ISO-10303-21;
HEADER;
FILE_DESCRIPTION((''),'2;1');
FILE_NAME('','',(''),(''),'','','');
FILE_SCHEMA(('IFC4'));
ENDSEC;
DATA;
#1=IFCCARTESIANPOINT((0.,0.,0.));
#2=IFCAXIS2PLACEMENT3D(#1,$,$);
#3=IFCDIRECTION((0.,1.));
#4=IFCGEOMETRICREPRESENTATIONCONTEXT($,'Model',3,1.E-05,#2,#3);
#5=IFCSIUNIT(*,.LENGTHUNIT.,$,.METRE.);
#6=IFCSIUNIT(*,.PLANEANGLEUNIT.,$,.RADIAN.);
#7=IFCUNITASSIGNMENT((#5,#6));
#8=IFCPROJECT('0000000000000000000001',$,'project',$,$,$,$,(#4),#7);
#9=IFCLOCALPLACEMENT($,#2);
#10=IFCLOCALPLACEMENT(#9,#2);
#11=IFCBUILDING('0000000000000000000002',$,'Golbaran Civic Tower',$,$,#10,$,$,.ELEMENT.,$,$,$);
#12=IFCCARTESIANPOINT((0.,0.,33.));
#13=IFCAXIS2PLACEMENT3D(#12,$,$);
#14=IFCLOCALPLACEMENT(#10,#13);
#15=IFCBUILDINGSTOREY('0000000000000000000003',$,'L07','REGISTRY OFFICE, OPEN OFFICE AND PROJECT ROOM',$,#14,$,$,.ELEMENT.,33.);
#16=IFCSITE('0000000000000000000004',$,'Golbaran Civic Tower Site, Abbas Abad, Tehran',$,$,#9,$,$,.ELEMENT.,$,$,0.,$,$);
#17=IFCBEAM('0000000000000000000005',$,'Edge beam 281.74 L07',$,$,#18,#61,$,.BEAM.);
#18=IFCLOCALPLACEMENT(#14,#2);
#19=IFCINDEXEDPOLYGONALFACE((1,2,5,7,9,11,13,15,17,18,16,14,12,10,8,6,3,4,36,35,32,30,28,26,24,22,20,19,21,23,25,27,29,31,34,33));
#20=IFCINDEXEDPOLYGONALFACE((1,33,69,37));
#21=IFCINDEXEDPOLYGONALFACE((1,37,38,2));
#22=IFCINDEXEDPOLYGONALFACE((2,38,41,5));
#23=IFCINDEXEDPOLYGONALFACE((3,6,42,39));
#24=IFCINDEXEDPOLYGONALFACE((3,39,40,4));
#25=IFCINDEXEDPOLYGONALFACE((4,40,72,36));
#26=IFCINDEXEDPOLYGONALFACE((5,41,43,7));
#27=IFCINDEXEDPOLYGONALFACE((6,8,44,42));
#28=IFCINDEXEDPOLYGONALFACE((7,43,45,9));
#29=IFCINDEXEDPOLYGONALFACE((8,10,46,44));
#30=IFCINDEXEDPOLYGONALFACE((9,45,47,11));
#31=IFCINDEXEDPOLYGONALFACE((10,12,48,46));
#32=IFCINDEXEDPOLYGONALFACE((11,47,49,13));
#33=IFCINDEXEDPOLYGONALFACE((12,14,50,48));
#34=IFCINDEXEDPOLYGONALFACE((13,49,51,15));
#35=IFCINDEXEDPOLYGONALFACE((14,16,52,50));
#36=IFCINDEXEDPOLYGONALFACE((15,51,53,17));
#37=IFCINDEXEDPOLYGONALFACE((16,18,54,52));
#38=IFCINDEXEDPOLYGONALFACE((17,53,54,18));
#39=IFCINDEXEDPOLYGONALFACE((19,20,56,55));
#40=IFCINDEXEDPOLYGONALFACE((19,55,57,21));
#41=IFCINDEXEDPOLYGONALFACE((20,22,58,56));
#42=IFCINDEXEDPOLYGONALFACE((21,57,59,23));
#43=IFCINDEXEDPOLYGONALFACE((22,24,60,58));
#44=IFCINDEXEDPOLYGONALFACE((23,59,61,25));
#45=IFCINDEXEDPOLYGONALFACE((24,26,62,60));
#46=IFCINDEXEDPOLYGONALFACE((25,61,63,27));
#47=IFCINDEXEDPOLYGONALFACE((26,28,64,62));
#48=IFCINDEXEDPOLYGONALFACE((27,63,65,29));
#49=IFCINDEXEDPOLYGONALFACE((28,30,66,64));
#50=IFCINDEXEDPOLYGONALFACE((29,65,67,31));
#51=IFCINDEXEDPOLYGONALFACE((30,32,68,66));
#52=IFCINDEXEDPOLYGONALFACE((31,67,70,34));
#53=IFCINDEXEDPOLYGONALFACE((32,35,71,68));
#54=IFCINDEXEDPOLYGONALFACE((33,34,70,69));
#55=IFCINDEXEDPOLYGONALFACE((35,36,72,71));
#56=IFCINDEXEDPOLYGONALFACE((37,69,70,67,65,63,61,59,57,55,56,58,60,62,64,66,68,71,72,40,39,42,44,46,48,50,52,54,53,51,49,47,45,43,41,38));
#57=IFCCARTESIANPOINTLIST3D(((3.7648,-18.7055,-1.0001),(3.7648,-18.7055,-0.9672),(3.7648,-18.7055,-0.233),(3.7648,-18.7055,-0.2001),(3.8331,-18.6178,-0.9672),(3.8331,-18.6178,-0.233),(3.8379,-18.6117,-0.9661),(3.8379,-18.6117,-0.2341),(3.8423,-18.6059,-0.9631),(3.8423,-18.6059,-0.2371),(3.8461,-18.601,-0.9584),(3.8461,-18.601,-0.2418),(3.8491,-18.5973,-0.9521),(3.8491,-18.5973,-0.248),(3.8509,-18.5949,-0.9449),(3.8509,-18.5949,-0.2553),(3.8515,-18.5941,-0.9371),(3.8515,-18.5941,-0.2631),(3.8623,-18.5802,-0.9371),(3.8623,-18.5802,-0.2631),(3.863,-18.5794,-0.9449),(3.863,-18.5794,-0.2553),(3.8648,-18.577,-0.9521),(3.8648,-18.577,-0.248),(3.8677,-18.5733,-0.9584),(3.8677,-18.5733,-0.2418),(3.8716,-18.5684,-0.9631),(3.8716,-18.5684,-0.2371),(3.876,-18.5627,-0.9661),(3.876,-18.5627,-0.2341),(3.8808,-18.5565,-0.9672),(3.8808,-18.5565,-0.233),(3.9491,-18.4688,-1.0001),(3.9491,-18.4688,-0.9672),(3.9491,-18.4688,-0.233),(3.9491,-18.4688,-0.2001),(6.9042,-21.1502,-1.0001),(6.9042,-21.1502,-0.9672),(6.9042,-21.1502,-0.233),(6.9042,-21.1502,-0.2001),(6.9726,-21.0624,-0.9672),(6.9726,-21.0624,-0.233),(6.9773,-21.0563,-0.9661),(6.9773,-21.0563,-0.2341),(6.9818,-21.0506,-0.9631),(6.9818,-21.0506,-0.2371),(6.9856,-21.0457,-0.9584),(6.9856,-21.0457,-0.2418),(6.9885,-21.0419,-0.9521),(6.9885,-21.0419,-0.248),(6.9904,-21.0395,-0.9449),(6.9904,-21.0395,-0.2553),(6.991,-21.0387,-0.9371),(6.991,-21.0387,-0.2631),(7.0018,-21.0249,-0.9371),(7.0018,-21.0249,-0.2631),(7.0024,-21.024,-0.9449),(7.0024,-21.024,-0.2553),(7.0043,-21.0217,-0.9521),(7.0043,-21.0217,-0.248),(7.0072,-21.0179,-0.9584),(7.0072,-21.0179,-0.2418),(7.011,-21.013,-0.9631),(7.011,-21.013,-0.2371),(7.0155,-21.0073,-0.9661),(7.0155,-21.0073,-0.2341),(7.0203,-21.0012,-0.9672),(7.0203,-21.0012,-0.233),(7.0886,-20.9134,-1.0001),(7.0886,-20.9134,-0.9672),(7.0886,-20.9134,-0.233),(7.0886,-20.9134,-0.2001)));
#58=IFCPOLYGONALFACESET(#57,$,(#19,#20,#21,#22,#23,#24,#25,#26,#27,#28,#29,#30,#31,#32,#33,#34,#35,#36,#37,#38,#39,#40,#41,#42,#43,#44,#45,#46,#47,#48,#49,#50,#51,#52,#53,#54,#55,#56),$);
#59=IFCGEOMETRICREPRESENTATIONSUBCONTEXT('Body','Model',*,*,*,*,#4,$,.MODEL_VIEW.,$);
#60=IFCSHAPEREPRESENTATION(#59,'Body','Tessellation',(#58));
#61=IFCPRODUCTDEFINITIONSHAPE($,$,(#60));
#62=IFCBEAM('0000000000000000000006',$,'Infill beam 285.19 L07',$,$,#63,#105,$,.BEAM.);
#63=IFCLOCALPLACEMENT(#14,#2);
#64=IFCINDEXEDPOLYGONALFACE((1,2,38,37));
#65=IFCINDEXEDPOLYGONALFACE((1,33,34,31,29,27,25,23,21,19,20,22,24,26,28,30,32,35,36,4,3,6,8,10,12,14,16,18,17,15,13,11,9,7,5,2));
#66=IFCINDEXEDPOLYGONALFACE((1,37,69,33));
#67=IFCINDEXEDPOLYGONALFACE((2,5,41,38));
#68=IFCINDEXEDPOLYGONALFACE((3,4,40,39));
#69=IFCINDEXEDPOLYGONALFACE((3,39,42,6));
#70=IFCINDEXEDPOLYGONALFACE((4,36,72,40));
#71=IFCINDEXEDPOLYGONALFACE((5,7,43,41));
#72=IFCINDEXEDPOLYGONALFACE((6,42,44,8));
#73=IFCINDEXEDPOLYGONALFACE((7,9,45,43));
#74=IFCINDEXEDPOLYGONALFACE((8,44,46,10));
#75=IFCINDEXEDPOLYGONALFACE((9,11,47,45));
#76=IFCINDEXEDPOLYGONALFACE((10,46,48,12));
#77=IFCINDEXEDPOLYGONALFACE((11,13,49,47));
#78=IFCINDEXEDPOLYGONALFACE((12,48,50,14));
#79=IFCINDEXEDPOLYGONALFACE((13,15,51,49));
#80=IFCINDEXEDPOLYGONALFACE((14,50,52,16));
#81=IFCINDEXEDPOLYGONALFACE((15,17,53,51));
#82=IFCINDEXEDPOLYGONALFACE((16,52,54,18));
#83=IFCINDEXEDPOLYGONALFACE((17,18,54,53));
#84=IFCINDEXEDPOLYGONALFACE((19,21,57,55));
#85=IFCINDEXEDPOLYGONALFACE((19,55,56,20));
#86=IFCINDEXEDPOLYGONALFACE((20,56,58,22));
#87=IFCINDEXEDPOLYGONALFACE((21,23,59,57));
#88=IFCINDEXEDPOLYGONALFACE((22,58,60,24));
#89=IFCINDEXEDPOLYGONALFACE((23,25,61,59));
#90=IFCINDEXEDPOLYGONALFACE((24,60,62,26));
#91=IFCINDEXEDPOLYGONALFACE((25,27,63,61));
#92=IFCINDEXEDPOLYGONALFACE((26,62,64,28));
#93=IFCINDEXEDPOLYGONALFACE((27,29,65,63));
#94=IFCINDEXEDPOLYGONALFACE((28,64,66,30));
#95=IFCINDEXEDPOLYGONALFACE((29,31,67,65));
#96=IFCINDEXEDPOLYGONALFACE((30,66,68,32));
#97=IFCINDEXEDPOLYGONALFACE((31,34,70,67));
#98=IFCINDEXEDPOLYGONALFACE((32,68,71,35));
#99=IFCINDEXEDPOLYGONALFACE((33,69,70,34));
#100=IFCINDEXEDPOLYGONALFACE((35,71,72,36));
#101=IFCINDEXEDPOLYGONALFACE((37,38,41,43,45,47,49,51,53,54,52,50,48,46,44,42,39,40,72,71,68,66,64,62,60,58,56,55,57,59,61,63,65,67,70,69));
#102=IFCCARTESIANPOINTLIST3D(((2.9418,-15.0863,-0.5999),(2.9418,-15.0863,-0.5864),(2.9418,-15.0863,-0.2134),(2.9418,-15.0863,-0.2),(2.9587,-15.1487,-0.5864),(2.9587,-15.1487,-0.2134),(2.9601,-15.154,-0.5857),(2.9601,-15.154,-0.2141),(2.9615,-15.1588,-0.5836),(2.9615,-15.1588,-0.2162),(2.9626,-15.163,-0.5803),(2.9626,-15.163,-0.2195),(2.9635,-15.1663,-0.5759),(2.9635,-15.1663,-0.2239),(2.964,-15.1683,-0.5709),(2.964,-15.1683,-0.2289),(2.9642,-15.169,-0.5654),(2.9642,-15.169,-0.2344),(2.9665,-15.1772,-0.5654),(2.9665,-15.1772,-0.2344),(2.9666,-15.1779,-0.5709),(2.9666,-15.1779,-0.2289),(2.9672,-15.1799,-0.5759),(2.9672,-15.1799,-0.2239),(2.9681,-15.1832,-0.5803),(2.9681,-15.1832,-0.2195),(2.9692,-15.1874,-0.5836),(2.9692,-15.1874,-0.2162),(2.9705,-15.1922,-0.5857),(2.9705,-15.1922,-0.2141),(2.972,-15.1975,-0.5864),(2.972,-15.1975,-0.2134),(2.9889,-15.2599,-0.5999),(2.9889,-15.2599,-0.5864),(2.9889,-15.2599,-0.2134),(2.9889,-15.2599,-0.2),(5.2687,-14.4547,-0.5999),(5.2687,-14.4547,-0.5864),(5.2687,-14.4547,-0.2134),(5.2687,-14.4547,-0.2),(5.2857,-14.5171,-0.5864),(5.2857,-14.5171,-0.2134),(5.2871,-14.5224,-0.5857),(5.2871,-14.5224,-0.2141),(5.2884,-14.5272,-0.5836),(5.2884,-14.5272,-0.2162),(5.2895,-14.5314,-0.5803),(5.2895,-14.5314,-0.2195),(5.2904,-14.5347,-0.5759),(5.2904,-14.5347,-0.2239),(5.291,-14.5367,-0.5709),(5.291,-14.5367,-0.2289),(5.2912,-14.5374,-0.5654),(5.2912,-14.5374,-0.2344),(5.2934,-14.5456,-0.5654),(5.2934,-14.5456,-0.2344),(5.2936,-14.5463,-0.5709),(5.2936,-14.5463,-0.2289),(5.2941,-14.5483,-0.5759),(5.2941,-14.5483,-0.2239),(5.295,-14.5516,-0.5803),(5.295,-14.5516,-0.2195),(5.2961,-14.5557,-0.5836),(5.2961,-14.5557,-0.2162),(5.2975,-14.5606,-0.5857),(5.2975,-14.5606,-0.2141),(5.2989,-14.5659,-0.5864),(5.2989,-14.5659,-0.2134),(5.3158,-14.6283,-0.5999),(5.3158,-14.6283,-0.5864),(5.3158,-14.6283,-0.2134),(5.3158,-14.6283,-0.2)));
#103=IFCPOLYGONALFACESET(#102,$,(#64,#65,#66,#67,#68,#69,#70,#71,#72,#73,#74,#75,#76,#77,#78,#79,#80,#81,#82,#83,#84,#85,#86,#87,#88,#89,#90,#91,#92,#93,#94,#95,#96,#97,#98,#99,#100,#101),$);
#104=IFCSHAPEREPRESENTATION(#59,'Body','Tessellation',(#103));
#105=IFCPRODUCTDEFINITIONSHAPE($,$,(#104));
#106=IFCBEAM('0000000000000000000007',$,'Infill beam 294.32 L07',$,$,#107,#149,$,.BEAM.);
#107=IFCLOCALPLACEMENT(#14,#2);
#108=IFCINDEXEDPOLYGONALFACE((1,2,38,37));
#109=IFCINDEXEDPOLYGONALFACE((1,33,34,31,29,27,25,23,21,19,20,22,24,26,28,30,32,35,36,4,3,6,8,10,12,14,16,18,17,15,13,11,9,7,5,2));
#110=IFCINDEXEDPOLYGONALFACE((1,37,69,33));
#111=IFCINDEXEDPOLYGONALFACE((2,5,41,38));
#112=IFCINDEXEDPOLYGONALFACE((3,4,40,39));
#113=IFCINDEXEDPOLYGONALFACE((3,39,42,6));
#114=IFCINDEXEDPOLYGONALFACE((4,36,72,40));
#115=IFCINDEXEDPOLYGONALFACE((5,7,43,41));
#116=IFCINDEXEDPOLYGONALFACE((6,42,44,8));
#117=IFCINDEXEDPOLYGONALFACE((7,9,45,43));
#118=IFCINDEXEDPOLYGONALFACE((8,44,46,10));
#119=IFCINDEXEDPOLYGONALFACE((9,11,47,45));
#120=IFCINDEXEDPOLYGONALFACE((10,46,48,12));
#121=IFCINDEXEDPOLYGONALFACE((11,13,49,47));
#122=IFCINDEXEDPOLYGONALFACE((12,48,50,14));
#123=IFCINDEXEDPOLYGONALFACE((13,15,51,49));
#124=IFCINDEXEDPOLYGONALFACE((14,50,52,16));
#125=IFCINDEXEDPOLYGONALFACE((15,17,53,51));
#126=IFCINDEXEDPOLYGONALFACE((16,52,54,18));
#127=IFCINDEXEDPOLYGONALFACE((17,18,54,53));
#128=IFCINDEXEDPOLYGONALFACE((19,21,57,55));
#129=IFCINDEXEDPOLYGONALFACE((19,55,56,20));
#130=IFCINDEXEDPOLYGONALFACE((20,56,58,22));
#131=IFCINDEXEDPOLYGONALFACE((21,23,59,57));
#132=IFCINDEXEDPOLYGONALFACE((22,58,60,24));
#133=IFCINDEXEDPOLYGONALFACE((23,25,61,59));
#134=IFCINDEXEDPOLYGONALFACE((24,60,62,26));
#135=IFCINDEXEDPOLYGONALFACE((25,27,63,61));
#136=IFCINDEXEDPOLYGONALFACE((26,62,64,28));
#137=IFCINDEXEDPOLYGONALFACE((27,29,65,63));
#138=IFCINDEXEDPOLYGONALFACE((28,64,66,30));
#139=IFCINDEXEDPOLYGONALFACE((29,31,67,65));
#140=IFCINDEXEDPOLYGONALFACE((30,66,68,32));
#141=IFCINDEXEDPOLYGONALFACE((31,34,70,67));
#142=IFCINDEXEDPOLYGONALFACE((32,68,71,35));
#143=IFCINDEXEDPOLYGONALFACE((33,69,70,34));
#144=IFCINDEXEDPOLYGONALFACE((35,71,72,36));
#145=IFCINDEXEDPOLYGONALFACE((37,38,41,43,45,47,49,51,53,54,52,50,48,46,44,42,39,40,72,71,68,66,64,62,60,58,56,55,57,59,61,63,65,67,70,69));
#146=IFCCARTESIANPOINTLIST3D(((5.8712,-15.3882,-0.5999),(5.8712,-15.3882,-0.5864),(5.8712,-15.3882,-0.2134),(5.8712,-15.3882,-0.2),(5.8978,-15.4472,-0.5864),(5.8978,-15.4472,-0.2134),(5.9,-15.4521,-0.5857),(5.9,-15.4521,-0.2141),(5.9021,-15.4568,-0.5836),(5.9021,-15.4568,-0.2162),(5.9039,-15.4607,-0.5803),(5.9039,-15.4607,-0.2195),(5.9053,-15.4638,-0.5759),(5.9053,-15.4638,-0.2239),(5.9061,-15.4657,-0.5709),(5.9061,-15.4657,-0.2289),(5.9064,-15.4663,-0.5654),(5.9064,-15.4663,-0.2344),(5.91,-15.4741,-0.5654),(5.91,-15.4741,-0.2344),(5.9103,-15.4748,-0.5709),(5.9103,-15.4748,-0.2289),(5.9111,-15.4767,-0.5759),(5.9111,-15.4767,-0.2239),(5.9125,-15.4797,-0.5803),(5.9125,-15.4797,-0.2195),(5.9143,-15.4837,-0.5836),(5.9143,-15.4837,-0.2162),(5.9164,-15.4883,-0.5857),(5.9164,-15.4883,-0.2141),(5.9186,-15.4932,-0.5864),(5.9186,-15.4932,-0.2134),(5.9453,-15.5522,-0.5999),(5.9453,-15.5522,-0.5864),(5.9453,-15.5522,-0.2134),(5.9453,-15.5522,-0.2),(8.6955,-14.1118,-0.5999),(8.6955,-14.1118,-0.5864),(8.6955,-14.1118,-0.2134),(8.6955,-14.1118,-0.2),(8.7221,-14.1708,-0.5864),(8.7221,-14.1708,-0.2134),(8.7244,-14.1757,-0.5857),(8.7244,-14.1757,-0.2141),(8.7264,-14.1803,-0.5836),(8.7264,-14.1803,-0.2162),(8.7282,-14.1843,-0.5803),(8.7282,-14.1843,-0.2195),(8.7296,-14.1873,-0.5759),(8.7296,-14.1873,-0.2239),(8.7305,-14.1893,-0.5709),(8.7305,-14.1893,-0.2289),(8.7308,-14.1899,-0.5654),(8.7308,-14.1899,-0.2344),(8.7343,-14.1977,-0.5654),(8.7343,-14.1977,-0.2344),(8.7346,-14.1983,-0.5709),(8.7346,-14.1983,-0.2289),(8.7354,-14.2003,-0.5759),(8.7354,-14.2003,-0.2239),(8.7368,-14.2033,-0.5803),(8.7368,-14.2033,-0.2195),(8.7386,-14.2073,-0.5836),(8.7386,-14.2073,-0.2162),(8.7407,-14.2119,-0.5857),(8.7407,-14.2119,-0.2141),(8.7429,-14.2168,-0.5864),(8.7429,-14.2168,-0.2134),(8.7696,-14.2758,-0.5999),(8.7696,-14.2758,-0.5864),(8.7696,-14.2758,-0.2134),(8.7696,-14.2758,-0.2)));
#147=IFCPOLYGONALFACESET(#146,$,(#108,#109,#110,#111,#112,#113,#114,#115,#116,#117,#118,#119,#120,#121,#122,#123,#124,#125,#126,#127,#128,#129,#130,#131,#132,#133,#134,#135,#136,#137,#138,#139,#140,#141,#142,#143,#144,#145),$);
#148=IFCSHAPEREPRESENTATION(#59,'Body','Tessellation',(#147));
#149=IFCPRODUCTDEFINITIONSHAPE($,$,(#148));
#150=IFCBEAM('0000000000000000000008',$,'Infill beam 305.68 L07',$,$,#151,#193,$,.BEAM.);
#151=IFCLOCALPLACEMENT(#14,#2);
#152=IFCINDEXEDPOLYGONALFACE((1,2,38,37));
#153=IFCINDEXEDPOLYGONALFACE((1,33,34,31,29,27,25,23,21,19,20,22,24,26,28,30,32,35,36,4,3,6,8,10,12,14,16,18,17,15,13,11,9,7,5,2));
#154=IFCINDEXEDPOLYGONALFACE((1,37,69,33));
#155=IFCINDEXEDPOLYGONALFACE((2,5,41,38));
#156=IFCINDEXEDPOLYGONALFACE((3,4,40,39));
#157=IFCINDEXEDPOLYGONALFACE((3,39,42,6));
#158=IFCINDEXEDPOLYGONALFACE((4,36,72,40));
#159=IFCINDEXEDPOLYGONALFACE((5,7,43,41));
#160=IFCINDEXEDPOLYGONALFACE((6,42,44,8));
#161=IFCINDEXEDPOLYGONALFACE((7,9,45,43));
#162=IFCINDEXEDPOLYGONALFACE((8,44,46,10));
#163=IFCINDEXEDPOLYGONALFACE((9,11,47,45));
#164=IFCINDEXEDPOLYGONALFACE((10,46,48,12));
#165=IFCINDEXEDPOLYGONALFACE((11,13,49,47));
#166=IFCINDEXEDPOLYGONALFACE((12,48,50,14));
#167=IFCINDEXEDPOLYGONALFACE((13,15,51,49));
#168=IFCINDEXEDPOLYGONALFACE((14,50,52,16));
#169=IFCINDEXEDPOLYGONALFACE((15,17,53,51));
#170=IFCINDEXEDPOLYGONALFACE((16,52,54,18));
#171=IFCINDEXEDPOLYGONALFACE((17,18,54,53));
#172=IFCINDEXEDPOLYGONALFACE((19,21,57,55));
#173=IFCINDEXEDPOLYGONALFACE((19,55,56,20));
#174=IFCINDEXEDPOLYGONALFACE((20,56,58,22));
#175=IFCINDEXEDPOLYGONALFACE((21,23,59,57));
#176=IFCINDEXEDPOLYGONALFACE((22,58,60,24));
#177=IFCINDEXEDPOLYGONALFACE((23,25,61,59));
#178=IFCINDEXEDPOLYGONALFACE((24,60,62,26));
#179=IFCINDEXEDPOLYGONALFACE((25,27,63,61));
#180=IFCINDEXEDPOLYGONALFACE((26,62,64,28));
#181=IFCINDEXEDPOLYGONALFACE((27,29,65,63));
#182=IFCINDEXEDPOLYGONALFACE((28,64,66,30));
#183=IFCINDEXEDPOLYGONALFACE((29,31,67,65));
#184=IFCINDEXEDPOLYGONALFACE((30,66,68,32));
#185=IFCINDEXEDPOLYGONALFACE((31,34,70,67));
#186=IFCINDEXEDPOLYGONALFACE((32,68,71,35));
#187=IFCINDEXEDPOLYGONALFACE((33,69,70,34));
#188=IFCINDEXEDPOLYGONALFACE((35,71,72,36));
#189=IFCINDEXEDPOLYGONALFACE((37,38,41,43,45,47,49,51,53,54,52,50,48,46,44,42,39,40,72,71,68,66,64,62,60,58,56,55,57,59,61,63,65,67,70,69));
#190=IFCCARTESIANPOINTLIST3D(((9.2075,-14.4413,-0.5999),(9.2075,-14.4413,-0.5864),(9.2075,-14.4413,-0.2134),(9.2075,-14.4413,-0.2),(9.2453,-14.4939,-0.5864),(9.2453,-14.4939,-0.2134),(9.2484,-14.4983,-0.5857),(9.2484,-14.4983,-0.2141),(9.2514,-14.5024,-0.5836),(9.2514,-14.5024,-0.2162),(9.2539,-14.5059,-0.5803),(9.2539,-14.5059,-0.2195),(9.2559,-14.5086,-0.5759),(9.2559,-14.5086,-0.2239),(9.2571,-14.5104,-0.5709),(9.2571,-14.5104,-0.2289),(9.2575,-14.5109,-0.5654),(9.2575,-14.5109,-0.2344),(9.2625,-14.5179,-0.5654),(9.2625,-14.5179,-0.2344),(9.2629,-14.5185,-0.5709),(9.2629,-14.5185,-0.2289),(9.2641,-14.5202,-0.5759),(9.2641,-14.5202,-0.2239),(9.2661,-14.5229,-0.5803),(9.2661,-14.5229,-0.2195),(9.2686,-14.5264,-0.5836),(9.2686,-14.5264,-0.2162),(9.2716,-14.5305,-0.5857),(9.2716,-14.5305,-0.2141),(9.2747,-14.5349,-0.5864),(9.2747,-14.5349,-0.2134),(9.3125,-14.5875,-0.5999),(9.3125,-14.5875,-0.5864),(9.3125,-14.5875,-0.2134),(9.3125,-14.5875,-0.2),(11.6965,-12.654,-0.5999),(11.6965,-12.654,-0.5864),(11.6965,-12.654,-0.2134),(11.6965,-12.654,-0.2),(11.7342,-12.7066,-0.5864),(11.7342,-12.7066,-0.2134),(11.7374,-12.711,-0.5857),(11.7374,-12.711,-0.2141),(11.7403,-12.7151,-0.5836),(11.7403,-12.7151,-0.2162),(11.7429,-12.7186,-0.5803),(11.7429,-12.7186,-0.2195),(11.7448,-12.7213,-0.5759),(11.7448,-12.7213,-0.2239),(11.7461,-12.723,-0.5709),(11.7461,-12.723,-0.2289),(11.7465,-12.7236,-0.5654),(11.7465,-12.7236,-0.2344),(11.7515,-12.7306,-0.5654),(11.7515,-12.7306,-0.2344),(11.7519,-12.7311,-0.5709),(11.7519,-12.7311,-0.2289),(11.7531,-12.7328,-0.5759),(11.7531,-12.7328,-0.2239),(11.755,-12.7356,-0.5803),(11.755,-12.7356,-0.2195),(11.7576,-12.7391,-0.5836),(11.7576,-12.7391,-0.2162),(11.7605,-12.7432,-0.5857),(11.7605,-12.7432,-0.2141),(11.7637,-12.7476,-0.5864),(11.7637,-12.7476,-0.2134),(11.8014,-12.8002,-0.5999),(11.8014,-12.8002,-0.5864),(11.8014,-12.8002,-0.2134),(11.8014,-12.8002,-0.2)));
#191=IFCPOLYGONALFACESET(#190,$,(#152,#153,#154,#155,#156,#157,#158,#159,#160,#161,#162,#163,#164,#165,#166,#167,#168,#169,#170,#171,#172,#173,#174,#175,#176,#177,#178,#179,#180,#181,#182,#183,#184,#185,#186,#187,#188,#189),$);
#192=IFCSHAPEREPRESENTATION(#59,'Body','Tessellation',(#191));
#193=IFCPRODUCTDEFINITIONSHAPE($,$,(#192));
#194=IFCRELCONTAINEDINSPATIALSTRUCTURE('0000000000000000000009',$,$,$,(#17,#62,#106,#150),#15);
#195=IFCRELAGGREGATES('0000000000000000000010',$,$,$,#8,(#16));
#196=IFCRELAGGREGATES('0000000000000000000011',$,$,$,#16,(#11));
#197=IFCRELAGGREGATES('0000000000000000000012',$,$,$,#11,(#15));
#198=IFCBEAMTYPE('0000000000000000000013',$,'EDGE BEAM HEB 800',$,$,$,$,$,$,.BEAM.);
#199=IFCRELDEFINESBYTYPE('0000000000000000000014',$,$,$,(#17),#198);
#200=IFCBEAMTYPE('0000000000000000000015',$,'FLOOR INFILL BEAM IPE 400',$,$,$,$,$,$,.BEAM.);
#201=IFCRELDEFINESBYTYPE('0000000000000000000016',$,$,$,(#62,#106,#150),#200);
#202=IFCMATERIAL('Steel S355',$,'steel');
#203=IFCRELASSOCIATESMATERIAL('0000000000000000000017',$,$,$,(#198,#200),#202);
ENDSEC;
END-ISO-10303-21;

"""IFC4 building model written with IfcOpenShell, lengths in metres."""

from ifc_helpers import new_model, si_unit, direction, frame, origin, origin_2d, place, context, subcontext, project, spatial, i_section, extrude, material, material_profile, profile_set, type_object, element, save


model = new_model("IFC4")

# Units and contexts
model_context = context("Model", 3, precision=1e-05, world=origin(), true_north=direction((0.0, 1.0)))
body_context = subcontext(model_context, "Body", "Model", "MODEL_VIEW")
ifc_project = project(units=[si_unit("LENGTHUNIT", "METRE"), si_unit("PLANEANGLEUNIT", "RADIAN")], contexts=[model_context])

# Site, building, storey
site_placement = place(None, origin())
site = spatial("IfcSite", under=ifc_project, at=site_placement, Name="Golbaran Civic Tower Site, Abbas Abad, Tehran", CompositionType="ELEMENT", RefElevation=0.0)
building_placement = place(site_placement, origin())
building = spatial("IfcBuilding", under=site, at=building_placement, Name="Golbaran Civic Tower", CompositionType="ELEMENT")
storey_placement = place(building_placement, frame((0.0, 0.0, 33.0)))
storey = spatial("IfcBuildingStorey", under=building, at=storey_placement, Name="L07", Description="REGISTRY OFFICE, OPEN OFFICE AND PROJECT ROOM", CompositionType="ELEMENT", Elevation=33.0)

# Beams
ifc_material_1 = material(Name="Steel S355", Category="steel")
ifc_material_profile_1 = material_profile(ifc_material_1, i_section(OverallWidth=0.3, OverallDepth=0.8, WebThickness=0.0176, FlangeThickness=0.033, FilletRadius=0.03, at=origin_2d()), Name="HEB 800")
ifc_profile_set_1 = profile_set([ifc_material_profile_1], Name="Steel S355")
beam_type_1 = type_object("IfcBeamType", Name="EDGE BEAM HEB 800", PredefinedType="BEAM", material=ifc_profile_set_1)
beam_1_placement = place(storey_placement, frame((3.8569, -18.5872, -0.6001), z_axis=(0.789008, -0.614382, 0.0), x_axis=(0.614382, 0.789008, 0.0)))
element("IfcBeam", 1, at=beam_1_placement, inside=storey, type_object=beam_type_1, Name="Edge beam 281.74 L07", PredefinedType="BEAM", context=body_context, shape_type="SweptSolid", body=[
    extrude(i_section(OverallWidth=0.3, OverallDepth=0.8, WebThickness=0.0176, FlangeThickness=0.033, FilletRadius=0.03, at=origin_2d()), origin(), (0.0, 0.0, 1.0), 3.979),
])
ifc_material_profile_2 = material_profile(ifc_material_1, i_section(OverallWidth=0.1799, OverallDepth=0.3999, WebThickness=0.0085, FlangeThickness=0.0134, FilletRadius=0.021, at=origin_2d()), Name="IPE 400")
ifc_profile_set_2 = profile_set([ifc_material_profile_2], Name="Steel S355")
beam_type_2 = type_object("IfcBeamType", Name="FLOOR INFILL BEAM IPE 400", PredefinedType="BEAM", material=ifc_profile_set_2)
beam_2_placement = place(storey_placement, frame((2.9653, -15.1731, -0.3999), z_axis=(0.965081, 0.261952, 0.0), x_axis=(-0.261952, 0.965081, 0.0)))
element("IfcBeam", 2, at=beam_2_placement, inside=storey, type_object=beam_type_2, Name="Infill beam 285.19 L07", PredefinedType="BEAM", context=body_context, shape_type="SweptSolid", body=[
    extrude(i_section(OverallWidth=0.1799, OverallDepth=0.3999, WebThickness=0.0085, FlangeThickness=0.0134, FilletRadius=0.021, at=origin_2d()), origin(), (0.0, 0.0, 1.0), 2.4111),
])
beam_3_placement = place(storey_placement, frame((5.9082, -15.4702, -0.3999), z_axis=(0.91126, 0.411832, 0.0), x_axis=(-0.411832, 0.91126, 0.0)))
element("IfcBeam", 3, at=beam_3_placement, inside=storey, type_object=beam_type_2, Name="Infill beam 294.32 L07", PredefinedType="BEAM", context=body_context, shape_type="SweptSolid", body=[
    extrude(i_section(OverallWidth=0.1799, OverallDepth=0.3999, WebThickness=0.0085, FlangeThickness=0.0134, FilletRadius=0.021, at=origin_2d()), origin(), (0.0, 0.0, 1.0), 3.0994),
])
beam_4_placement = place(storey_placement, frame((9.26, -14.5144, -0.3999), z_axis=(0.812267, 0.583286, 0.0), x_axis=(-0.583286, 0.812267, 0.0)))
element("IfcBeam", 4, at=beam_4_placement, inside=storey, type_object=beam_type_2, Name="Infill beam 305.68 L07", PredefinedType="BEAM", context=body_context, shape_type="SweptSolid", body=[
    extrude(i_section(OverallWidth=0.1799, OverallDepth=0.3999, WebThickness=0.0085, FlangeThickness=0.0134, FilletRadius=0.021, at=origin_2d()), origin(), (0.0, 0.0, 1.0), 3.0642),
])

save(model, "model.ifc")
